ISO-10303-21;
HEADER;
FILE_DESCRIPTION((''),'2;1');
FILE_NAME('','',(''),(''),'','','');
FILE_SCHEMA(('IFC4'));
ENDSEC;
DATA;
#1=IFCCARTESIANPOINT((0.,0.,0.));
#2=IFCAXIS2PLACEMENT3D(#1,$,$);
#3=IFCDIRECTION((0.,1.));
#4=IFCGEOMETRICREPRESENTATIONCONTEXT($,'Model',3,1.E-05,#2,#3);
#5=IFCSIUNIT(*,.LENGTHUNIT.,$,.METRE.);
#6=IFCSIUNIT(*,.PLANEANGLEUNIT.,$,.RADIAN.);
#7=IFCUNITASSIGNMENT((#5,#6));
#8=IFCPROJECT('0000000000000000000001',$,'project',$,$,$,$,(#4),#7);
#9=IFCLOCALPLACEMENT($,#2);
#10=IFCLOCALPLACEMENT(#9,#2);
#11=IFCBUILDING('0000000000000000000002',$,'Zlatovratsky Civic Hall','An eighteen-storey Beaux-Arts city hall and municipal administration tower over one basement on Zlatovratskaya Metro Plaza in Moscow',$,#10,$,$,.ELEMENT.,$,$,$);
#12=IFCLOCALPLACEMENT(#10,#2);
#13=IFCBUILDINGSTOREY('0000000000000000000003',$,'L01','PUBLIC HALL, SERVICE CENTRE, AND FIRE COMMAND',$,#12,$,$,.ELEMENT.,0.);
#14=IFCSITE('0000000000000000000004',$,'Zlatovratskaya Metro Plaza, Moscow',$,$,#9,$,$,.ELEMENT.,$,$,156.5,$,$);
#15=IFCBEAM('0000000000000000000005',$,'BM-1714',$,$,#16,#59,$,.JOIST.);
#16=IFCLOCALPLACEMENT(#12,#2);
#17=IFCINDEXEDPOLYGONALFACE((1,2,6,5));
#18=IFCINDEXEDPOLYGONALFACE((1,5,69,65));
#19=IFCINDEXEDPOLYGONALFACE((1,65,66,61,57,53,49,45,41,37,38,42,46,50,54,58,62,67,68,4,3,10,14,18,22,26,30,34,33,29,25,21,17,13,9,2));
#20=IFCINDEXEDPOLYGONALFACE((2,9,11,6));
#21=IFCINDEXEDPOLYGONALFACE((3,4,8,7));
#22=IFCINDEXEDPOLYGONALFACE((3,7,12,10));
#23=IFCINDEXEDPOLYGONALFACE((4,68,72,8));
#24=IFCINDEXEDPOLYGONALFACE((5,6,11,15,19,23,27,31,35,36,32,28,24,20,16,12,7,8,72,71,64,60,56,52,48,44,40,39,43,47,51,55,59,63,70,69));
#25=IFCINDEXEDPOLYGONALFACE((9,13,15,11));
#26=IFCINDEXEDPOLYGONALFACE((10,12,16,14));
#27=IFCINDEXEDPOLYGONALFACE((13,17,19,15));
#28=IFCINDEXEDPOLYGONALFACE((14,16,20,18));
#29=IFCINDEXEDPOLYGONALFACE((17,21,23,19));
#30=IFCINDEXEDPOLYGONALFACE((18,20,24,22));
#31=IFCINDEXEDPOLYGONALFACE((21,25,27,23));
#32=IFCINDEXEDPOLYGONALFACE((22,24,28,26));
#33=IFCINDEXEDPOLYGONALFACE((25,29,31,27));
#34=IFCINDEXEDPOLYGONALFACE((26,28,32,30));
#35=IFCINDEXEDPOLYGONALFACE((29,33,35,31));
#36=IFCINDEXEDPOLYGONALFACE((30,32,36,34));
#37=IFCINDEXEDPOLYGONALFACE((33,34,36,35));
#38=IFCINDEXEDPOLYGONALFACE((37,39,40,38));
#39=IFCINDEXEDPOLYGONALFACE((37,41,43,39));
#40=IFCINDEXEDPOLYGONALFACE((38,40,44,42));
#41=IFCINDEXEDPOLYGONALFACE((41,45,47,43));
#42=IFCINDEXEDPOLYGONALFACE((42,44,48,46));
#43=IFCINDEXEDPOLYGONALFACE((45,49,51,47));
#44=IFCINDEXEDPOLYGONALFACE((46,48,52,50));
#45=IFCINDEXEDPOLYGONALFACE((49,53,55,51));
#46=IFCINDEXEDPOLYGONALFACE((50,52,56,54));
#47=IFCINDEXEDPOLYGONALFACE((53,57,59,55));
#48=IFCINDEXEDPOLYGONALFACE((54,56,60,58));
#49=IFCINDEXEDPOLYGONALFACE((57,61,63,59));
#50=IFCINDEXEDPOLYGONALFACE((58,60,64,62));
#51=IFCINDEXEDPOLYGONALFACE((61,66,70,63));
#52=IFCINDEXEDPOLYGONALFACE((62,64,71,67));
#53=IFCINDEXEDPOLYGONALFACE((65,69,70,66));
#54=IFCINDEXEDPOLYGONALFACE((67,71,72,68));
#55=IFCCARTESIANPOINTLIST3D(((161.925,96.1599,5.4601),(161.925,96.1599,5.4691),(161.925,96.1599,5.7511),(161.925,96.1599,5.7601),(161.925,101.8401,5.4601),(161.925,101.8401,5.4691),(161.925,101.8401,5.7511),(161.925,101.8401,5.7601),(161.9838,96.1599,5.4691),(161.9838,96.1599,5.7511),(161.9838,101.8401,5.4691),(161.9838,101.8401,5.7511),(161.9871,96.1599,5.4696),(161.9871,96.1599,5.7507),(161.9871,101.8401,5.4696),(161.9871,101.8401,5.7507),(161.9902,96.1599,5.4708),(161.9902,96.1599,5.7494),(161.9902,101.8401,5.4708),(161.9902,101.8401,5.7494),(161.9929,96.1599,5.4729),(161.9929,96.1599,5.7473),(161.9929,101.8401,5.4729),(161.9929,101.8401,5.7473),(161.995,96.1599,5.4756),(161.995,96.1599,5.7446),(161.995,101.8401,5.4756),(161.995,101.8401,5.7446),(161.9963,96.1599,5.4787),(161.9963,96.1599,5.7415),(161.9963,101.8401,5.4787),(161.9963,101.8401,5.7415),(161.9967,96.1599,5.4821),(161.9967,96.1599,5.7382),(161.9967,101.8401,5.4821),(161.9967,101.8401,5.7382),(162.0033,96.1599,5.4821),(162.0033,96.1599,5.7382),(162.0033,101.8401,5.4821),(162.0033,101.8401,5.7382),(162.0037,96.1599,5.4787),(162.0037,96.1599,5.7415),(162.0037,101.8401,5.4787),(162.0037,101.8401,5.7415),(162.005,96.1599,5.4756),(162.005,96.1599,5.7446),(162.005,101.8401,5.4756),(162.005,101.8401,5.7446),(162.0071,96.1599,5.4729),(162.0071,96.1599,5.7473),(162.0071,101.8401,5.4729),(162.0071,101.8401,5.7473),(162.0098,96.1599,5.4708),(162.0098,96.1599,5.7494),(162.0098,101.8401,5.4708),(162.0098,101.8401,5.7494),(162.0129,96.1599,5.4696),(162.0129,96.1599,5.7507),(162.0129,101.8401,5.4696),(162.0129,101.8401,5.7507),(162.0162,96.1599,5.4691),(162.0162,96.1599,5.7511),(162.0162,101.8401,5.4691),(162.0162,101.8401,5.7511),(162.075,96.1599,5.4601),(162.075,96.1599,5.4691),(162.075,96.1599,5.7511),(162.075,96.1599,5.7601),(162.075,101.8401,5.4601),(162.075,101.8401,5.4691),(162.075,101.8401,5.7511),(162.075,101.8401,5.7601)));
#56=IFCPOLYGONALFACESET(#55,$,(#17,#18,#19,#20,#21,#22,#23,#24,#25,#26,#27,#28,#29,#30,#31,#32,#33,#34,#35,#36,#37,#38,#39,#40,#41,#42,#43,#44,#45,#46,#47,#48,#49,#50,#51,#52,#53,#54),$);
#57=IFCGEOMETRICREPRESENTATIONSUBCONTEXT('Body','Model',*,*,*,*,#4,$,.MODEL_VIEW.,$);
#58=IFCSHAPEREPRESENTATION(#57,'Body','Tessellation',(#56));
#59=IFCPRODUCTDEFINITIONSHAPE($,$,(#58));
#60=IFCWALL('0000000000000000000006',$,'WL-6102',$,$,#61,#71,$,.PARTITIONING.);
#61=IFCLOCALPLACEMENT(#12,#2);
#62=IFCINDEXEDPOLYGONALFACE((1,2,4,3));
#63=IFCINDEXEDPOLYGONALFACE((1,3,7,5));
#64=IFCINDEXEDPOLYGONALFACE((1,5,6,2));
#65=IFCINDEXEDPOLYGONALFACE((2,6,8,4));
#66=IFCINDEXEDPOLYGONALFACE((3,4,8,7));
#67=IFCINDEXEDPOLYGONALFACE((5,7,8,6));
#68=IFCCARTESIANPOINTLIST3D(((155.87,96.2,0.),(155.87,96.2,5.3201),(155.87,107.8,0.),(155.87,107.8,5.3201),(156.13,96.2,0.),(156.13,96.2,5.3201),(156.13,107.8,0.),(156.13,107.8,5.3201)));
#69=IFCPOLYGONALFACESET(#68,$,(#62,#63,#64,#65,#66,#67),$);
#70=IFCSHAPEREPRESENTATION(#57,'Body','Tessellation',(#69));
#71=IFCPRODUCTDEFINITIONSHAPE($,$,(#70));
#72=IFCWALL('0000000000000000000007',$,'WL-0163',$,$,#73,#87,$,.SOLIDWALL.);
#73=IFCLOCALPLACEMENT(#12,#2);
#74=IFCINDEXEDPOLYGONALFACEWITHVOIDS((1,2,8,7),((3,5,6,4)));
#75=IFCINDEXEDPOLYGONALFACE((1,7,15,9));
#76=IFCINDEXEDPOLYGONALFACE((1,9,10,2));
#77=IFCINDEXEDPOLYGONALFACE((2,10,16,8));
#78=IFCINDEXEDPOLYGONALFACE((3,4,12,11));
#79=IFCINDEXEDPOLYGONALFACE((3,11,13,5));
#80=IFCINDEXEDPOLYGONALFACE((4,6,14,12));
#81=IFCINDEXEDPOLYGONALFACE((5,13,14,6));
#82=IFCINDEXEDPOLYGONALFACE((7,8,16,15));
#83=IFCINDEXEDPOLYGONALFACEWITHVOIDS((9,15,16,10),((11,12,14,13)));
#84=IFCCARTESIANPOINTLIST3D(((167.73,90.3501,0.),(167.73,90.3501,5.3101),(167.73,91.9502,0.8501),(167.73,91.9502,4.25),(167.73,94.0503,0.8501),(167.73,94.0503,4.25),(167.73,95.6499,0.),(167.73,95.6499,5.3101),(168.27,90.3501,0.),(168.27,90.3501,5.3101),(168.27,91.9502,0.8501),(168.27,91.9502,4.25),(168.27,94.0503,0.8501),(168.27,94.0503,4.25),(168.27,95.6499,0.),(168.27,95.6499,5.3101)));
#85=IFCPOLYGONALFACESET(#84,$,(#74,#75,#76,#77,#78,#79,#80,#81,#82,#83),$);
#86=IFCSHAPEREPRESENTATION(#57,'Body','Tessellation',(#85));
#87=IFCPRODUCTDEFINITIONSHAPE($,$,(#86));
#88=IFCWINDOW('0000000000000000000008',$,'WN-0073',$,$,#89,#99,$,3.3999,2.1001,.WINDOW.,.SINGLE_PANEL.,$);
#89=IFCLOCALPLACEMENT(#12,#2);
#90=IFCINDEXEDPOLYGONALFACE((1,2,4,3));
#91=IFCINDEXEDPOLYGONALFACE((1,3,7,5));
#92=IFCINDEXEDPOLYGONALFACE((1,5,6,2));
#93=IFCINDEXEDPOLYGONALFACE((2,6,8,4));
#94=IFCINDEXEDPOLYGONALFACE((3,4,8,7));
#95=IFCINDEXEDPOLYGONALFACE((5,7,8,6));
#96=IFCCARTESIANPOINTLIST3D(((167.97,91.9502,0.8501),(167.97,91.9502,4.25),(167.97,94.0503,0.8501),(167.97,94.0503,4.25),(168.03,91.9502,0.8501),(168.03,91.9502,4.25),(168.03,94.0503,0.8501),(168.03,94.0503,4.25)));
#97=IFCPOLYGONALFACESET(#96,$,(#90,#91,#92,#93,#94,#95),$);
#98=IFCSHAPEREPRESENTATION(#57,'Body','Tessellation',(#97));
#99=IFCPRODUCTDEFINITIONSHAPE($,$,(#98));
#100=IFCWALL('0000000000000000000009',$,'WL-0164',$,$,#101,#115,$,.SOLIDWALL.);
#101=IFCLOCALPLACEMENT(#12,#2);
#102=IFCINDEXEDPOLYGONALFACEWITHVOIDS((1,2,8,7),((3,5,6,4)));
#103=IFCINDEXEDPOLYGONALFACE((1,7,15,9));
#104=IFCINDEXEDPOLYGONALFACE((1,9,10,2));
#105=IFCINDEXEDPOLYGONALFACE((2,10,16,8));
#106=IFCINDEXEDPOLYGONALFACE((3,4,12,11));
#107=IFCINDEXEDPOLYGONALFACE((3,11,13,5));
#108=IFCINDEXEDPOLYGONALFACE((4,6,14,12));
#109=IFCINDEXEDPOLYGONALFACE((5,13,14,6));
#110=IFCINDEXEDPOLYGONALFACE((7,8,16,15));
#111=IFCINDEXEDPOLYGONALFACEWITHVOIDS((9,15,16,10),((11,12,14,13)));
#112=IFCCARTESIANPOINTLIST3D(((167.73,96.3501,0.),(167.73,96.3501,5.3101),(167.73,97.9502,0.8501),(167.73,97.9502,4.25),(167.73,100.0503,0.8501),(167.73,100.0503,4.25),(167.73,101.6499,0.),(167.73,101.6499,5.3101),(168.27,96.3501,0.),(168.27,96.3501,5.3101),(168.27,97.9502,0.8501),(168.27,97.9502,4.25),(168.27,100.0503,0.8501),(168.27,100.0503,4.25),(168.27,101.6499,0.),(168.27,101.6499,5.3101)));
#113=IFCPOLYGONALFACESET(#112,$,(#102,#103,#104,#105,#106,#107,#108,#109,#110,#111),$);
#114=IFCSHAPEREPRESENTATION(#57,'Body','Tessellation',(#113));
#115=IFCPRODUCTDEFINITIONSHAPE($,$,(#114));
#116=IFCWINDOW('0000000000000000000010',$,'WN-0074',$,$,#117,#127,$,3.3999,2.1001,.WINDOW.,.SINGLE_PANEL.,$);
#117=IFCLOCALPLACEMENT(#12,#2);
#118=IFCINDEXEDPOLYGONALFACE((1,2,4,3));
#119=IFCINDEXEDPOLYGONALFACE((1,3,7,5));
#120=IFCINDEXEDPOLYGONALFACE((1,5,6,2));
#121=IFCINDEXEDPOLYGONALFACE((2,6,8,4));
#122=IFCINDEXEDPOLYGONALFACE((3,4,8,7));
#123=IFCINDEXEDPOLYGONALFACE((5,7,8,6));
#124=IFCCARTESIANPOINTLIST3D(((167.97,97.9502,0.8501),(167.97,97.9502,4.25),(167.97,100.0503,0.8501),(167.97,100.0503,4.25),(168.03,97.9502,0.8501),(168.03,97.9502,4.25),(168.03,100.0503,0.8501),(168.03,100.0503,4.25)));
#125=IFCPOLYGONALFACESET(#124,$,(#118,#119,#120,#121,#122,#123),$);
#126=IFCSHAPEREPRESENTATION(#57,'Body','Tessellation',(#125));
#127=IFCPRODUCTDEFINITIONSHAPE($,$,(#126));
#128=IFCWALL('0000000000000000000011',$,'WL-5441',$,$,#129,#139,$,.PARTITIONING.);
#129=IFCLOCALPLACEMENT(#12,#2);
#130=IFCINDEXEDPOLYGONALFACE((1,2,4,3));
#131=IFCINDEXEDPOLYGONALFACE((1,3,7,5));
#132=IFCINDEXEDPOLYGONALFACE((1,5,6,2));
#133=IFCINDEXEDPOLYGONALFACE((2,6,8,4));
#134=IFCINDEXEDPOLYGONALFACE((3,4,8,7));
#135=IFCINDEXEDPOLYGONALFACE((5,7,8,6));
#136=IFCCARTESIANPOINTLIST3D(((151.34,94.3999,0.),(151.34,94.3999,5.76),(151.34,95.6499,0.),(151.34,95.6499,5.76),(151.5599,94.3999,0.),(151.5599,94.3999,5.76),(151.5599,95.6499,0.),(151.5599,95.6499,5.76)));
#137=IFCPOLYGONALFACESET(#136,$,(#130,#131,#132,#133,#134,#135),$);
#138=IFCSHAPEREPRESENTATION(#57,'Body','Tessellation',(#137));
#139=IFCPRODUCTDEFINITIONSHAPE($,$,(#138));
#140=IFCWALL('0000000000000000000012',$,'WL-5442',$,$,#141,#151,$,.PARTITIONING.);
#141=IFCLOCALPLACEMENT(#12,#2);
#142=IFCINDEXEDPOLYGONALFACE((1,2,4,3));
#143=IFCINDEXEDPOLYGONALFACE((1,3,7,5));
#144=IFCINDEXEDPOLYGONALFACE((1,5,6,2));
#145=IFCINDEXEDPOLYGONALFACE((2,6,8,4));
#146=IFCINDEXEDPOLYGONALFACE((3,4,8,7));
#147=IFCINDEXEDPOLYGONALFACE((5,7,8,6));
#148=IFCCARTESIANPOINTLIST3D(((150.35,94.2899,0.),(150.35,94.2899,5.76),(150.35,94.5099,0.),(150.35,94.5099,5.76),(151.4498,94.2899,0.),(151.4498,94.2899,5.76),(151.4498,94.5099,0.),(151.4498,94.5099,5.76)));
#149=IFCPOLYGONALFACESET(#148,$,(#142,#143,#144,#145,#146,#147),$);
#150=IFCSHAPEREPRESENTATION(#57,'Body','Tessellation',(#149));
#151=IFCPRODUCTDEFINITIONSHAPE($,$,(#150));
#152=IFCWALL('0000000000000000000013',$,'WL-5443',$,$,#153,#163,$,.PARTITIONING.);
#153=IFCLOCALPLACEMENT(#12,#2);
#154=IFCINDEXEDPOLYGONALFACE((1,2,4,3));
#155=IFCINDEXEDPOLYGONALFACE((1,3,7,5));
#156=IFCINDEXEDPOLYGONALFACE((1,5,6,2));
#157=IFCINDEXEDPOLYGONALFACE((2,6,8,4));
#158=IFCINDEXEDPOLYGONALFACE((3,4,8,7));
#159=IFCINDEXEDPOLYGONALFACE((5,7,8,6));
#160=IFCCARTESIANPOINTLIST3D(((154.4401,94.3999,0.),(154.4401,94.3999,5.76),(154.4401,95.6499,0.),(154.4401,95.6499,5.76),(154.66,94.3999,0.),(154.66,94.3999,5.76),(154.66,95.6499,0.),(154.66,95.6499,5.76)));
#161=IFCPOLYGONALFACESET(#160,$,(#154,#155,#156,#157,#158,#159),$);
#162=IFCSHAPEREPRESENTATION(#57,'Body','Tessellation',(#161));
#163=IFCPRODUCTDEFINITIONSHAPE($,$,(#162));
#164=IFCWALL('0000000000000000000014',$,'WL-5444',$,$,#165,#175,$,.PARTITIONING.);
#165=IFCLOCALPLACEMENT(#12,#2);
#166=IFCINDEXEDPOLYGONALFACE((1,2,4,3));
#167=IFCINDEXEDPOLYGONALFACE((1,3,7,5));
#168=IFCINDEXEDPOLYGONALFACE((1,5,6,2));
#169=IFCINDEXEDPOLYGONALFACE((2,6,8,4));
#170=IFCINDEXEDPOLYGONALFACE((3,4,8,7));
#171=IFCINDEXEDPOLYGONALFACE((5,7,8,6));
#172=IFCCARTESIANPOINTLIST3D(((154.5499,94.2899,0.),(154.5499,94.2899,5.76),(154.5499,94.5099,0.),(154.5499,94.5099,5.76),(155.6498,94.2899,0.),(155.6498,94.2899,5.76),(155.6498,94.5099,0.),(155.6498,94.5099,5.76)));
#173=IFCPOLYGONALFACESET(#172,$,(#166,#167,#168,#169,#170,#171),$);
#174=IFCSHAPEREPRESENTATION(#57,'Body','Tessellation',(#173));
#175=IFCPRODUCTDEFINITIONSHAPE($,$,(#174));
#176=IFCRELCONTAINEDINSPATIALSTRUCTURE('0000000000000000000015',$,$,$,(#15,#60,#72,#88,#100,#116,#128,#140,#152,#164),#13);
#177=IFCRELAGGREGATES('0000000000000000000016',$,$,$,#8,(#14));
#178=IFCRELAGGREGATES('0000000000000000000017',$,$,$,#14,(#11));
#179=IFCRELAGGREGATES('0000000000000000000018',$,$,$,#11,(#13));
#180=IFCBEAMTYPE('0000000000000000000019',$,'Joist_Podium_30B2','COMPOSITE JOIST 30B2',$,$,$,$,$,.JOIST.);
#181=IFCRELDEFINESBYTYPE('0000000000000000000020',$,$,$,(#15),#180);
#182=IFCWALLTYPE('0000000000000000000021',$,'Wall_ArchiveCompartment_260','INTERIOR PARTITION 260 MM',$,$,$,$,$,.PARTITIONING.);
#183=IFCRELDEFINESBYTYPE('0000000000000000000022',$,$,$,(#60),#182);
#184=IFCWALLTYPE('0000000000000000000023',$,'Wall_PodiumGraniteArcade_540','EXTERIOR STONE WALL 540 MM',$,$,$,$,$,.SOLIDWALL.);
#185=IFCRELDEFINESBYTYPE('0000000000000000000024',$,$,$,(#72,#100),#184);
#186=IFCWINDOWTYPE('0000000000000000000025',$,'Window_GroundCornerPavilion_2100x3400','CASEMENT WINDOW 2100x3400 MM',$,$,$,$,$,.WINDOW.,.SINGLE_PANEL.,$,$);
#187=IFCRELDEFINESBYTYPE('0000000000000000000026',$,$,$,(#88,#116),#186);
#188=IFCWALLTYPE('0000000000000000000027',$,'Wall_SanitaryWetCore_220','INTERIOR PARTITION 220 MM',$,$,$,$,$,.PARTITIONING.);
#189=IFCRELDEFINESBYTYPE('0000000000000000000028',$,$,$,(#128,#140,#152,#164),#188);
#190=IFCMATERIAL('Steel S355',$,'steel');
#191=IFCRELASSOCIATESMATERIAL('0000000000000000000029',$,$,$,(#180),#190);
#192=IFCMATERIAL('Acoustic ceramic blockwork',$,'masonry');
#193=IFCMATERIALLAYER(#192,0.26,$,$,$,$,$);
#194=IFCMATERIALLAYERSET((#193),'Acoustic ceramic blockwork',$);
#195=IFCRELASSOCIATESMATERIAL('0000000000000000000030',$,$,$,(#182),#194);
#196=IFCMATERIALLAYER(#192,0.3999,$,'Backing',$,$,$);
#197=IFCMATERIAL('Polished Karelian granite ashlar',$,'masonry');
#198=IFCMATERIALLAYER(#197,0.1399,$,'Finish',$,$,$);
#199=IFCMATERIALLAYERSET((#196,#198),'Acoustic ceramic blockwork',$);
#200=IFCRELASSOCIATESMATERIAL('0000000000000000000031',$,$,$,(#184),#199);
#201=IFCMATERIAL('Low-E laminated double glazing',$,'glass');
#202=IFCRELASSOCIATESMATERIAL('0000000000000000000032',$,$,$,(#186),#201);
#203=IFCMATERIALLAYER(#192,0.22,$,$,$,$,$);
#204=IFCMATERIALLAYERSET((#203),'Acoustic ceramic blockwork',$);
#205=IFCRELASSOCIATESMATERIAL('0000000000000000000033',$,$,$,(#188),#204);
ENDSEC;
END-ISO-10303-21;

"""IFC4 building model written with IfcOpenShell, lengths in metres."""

from ifc_helpers import new_model, si_unit, direction, frame, frame_2d, origin, origin_2d, place, context, subcontext, project, spatial, rectangle, i_section, extrude, material, layer, layer_set, material_profile, profile_set, type_object, element, fill, save


model = new_model("IFC4")

# Units and contexts
model_context = context("Model", 3, precision=1e-05, world=origin(), true_north=direction((0.0, 1.0)))
body_context = subcontext(model_context, "Body", "Model", "MODEL_VIEW")
ifc_project = project(units=[si_unit("LENGTHUNIT", "METRE"), si_unit("PLANEANGLEUNIT", "RADIAN")], contexts=[model_context])

# Site, building, storey
site_placement = place(None, origin())
site = spatial("IfcSite", under=ifc_project, at=site_placement, Name="Zlatovratskaya Metro Plaza, Moscow", CompositionType="ELEMENT", RefElevation=156.5)
building_placement = place(site_placement, origin())
building = spatial("IfcBuilding", under=site, at=building_placement, Name="Zlatovratsky Civic Hall", Description="An eighteen-storey Beaux-Arts city hall and municipal administration tower over one basement on Zlatovratskaya Metro Plaza in Moscow", CompositionType="ELEMENT")
storey_placement = place(building_placement, origin())
storey = spatial("IfcBuildingStorey", under=building, at=storey_placement, Name="L01", Description="PUBLIC HALL, SERVICE CENTRE, AND FIRE COMMAND", CompositionType="ELEMENT", Elevation=0.0)

# Shared definitions
ifc_material_1 = material(Name="Steel S355", Category="steel")

# Beam
ifc_material_profile_1 = material_profile(ifc_material_1, i_section(OverallWidth=0.1499, OverallDepth=0.3, WebThickness=0.0066, FlangeThickness=0.009, FilletRadius=0.0129, at=origin_2d()), Name="30B2")
ifc_profile_set_1 = profile_set([ifc_material_profile_1], Name="Steel S355")
beam_type_1 = type_object("IfcBeamType", Name="Joist_Podium_30B2", Description="COMPOSITE JOIST 30B2", PredefinedType="JOIST", material=ifc_profile_set_1)
for number, where, z_axis, x_axis, name in (
    (1, (162.0, 96.1599, 5.6101), (0.0, 1.0, 0.0), (-1.0, 0.0, 0.0), "BM-1714"),
):
    element("IfcBeam", number, at=place(storey_placement, frame(where, z_axis=z_axis, x_axis=x_axis)), inside=storey, type_object=beam_type_1, Name=name, PredefinedType="JOIST", context=body_context, shape_type="SweptSolid", body=[
        extrude(i_section(OverallWidth=0.1499, OverallDepth=0.3, WebThickness=0.0066, FlangeThickness=0.009, FilletRadius=0.0129, at=origin_2d()), origin(), (0.0, 0.0, 1.0), 5.6802),
    ])

# Wall
ifc_material_2 = material(Name="Acoustic ceramic blockwork", Category="masonry")
ifc_layer_1 = layer(ifc_material_2, 0.26)
ifc_layer_set_1 = layer_set([ifc_layer_1], Name="Acoustic ceramic blockwork")
wall_type_1 = type_object("IfcWallType", Name="Wall_ArchiveCompartment_260", Description="INTERIOR PARTITION 260 MM", PredefinedType="PARTITIONING", material=ifc_layer_set_1)
wall_1_placement = place(storey_placement, frame((156.0, 96.2, 0.0), z_axis=(0.0, 0.0, 1.0), x_axis=(0.0, 1.0, 0.0)))
element("IfcWall", 2, at=wall_1_placement, inside=storey, type_object=wall_type_1, Name="WL-6102", PredefinedType="PARTITIONING", context=body_context, shape_type="SweptSolid", body=[
    extrude(rectangle(XDim=11.6001, YDim=0.26, at=frame_2d((5.8, 0.0))), origin(), (0.0, 0.0, 1.0), 5.3201),
])

# Walls, openings, windows
ifc_layer_2 = layer(ifc_material_2, 0.3999, Name="Backing")
ifc_material_3 = material(Name="Polished Karelian granite ashlar", Category="masonry")
ifc_layer_3 = layer(ifc_material_3, 0.1399, Name="Finish")
ifc_layer_set_2 = layer_set([ifc_layer_2, ifc_layer_3], Name="Acoustic ceramic blockwork")
wall_type_2 = type_object("IfcWallType", Name="Wall_PodiumGraniteArcade_540", Description="EXTERIOR STONE WALL 540 MM", PredefinedType="SOLIDWALL", material=ifc_layer_set_2)
wall_2_placement = place(storey_placement, frame((168.0, 90.3501, 0.0), z_axis=(0.0, 0.0, 1.0), x_axis=(0.0, 1.0, 0.0)))
wall_2 = element("IfcWall", 3, at=wall_2_placement, inside=storey, type_object=wall_type_2, Name="WL-0163", PredefinedType="SOLIDWALL", context=body_context, shape_type="SweptSolid", body=[
    extrude(rectangle(XDim=5.2998, YDim=0.54, at=frame_2d((2.6499, 0.0))), origin(), (0.0, 0.0, 1.0), 5.3101),
])
opening_1_placement = place(wall_2_placement, frame((1.6001, 0.0, 0.8501)))
opening_1 = element("IfcOpeningElement", 4, at=opening_1_placement, cuts=wall_2, PredefinedType="OPENING", context=body_context, shape_type="SweptSolid", body=[
    extrude(rectangle(XDim=2.1001, YDim=3.3999, at=frame_2d((1.05, 1.7))), frame((0.0, 0.2849, 0.0), z_axis=(0.0, -1.0, 0.0), x_axis=(1.0, 0.0, 0.0)), (0.0, 0.0, 1.0), 0.5698),
])
ifc_material_4 = material(Name="Low-E laminated double glazing", Category="glass")
window_type = type_object("IfcWindowType", Name="Window_GroundCornerPavilion_2100x3400", Description="CASEMENT WINDOW 2100x3400 MM", PartitioningType="SINGLE_PANEL", PredefinedType="WINDOW", material=ifc_material_4)
window_1_placement = place(opening_1_placement, origin())
window_1 = element("IfcWindow", 5, at=window_1_placement, inside=storey, type_object=window_type, Name="WN-0073", OverallHeight=3.3999, OverallWidth=2.1001, PartitioningType="SINGLE_PANEL", PredefinedType="WINDOW", context=body_context, shape_type="SweptSolid", body=[
    extrude(rectangle(XDim=2.1001, YDim=3.3999, at=frame_2d((1.05, 1.7))), frame((0.0, 0.03, 0.0), z_axis=(0.0, -1.0, 0.0), x_axis=(1.0, 0.0, 0.0)), (0.0, 0.0, 1.0), 0.0601),
])
fill(opening_1, window_1)
wall_3_placement = place(storey_placement, frame((168.0, 96.3501, 0.0), z_axis=(0.0, 0.0, 1.0), x_axis=(0.0, 1.0, 0.0)))
wall_3 = element("IfcWall", 6, at=wall_3_placement, inside=storey, type_object=wall_type_2, Name="WL-0164", PredefinedType="SOLIDWALL", context=body_context, shape_type="SweptSolid", body=[
    extrude(rectangle(XDim=5.2998, YDim=0.54, at=frame_2d((2.6499, 0.0))), origin(), (0.0, 0.0, 1.0), 5.3101),
])
opening_2_placement = place(wall_3_placement, frame((1.6001, 0.0, 0.8501)))
opening_2 = element("IfcOpeningElement", 7, at=opening_2_placement, cuts=wall_3, PredefinedType="OPENING", context=body_context, shape_type="SweptSolid", body=[
    extrude(rectangle(XDim=2.1001, YDim=3.3999, at=frame_2d((1.05, 1.7))), frame((0.0, 0.2849, 0.0), z_axis=(0.0, -1.0, 0.0), x_axis=(1.0, 0.0, 0.0)), (0.0, 0.0, 1.0), 0.5698),
])
window_2_placement = place(opening_2_placement, origin())
window_2 = element("IfcWindow", 8, at=window_2_placement, inside=storey, type_object=window_type, Name="WN-0074", OverallHeight=3.3999, OverallWidth=2.1001, PartitioningType="SINGLE_PANEL", PredefinedType="WINDOW", context=body_context, shape_type="SweptSolid", body=[
    extrude(rectangle(XDim=2.1001, YDim=3.3999, at=frame_2d((1.05, 1.7))), frame((0.0, 0.03, 0.0), z_axis=(0.0, -1.0, 0.0), x_axis=(1.0, 0.0, 0.0)), (0.0, 0.0, 1.0), 0.0601),
])
fill(opening_2, window_2)

# Walls
ifc_layer_4 = layer(ifc_material_2, 0.22)
ifc_layer_set_3 = layer_set([ifc_layer_4], Name="Acoustic ceramic blockwork")
wall_type_3 = type_object("IfcWallType", Name="Wall_SanitaryWetCore_220", Description="INTERIOR PARTITION 220 MM", PredefinedType="PARTITIONING", material=ifc_layer_set_3)
wall_4_placement = place(storey_placement, frame((151.45, 94.3999, 0.0), z_axis=(0.0, 0.0, 1.0), x_axis=(0.0, 1.0, 0.0)))
element("IfcWall", 9, at=wall_4_placement, inside=storey, type_object=wall_type_3, Name="WL-5441", PredefinedType="PARTITIONING", context=body_context, shape_type="SweptSolid", body=[
    extrude(rectangle(XDim=1.25, YDim=0.22, at=frame_2d((0.625, 0.0))), origin(), (0.0, 0.0, 1.0), 5.76),
])
wall_5_placement = place(storey_placement, frame((150.3501, 94.3999, 0.0), z_axis=(0.0, 0.0, 1.0), x_axis=(1.0, 0.0, 0.0)))
element("IfcWall", 10, at=wall_5_placement, inside=storey, type_object=wall_type_3, Name="WL-5442", PredefinedType="PARTITIONING", context=body_context, shape_type="SweptSolid", body=[
    extrude(rectangle(XDim=1.0999, YDim=0.22, at=frame_2d((0.5498, 0.0))), origin(), (0.0, 0.0, 1.0), 5.76),
])
wall_6_placement = place(storey_placement, frame((154.55, 94.3999, 0.0), z_axis=(0.0, 0.0, 1.0), x_axis=(0.0, 1.0, 0.0)))
element("IfcWall", 11, at=wall_6_placement, inside=storey, type_object=wall_type_3, Name="WL-5443", PredefinedType="PARTITIONING", context=body_context, shape_type="SweptSolid", body=[
    extrude(rectangle(XDim=1.25, YDim=0.22, at=frame_2d((0.625, 0.0))), origin(), (0.0, 0.0, 1.0), 5.76),
])
wall_7_placement = place(storey_placement, frame((154.55, 94.3999, 0.0), z_axis=(0.0, 0.0, 1.0), x_axis=(1.0, 0.0, 0.0)))
element("IfcWall", 12, at=wall_7_placement, inside=storey, type_object=wall_type_3, Name="WL-5444", PredefinedType="PARTITIONING", context=body_context, shape_type="SweptSolid", body=[
    extrude(rectangle(XDim=1.0999, YDim=0.22, at=frame_2d((0.5498, 0.0))), origin(), (0.0, 0.0, 1.0), 5.76),
])

save(model, "model.ifc")
